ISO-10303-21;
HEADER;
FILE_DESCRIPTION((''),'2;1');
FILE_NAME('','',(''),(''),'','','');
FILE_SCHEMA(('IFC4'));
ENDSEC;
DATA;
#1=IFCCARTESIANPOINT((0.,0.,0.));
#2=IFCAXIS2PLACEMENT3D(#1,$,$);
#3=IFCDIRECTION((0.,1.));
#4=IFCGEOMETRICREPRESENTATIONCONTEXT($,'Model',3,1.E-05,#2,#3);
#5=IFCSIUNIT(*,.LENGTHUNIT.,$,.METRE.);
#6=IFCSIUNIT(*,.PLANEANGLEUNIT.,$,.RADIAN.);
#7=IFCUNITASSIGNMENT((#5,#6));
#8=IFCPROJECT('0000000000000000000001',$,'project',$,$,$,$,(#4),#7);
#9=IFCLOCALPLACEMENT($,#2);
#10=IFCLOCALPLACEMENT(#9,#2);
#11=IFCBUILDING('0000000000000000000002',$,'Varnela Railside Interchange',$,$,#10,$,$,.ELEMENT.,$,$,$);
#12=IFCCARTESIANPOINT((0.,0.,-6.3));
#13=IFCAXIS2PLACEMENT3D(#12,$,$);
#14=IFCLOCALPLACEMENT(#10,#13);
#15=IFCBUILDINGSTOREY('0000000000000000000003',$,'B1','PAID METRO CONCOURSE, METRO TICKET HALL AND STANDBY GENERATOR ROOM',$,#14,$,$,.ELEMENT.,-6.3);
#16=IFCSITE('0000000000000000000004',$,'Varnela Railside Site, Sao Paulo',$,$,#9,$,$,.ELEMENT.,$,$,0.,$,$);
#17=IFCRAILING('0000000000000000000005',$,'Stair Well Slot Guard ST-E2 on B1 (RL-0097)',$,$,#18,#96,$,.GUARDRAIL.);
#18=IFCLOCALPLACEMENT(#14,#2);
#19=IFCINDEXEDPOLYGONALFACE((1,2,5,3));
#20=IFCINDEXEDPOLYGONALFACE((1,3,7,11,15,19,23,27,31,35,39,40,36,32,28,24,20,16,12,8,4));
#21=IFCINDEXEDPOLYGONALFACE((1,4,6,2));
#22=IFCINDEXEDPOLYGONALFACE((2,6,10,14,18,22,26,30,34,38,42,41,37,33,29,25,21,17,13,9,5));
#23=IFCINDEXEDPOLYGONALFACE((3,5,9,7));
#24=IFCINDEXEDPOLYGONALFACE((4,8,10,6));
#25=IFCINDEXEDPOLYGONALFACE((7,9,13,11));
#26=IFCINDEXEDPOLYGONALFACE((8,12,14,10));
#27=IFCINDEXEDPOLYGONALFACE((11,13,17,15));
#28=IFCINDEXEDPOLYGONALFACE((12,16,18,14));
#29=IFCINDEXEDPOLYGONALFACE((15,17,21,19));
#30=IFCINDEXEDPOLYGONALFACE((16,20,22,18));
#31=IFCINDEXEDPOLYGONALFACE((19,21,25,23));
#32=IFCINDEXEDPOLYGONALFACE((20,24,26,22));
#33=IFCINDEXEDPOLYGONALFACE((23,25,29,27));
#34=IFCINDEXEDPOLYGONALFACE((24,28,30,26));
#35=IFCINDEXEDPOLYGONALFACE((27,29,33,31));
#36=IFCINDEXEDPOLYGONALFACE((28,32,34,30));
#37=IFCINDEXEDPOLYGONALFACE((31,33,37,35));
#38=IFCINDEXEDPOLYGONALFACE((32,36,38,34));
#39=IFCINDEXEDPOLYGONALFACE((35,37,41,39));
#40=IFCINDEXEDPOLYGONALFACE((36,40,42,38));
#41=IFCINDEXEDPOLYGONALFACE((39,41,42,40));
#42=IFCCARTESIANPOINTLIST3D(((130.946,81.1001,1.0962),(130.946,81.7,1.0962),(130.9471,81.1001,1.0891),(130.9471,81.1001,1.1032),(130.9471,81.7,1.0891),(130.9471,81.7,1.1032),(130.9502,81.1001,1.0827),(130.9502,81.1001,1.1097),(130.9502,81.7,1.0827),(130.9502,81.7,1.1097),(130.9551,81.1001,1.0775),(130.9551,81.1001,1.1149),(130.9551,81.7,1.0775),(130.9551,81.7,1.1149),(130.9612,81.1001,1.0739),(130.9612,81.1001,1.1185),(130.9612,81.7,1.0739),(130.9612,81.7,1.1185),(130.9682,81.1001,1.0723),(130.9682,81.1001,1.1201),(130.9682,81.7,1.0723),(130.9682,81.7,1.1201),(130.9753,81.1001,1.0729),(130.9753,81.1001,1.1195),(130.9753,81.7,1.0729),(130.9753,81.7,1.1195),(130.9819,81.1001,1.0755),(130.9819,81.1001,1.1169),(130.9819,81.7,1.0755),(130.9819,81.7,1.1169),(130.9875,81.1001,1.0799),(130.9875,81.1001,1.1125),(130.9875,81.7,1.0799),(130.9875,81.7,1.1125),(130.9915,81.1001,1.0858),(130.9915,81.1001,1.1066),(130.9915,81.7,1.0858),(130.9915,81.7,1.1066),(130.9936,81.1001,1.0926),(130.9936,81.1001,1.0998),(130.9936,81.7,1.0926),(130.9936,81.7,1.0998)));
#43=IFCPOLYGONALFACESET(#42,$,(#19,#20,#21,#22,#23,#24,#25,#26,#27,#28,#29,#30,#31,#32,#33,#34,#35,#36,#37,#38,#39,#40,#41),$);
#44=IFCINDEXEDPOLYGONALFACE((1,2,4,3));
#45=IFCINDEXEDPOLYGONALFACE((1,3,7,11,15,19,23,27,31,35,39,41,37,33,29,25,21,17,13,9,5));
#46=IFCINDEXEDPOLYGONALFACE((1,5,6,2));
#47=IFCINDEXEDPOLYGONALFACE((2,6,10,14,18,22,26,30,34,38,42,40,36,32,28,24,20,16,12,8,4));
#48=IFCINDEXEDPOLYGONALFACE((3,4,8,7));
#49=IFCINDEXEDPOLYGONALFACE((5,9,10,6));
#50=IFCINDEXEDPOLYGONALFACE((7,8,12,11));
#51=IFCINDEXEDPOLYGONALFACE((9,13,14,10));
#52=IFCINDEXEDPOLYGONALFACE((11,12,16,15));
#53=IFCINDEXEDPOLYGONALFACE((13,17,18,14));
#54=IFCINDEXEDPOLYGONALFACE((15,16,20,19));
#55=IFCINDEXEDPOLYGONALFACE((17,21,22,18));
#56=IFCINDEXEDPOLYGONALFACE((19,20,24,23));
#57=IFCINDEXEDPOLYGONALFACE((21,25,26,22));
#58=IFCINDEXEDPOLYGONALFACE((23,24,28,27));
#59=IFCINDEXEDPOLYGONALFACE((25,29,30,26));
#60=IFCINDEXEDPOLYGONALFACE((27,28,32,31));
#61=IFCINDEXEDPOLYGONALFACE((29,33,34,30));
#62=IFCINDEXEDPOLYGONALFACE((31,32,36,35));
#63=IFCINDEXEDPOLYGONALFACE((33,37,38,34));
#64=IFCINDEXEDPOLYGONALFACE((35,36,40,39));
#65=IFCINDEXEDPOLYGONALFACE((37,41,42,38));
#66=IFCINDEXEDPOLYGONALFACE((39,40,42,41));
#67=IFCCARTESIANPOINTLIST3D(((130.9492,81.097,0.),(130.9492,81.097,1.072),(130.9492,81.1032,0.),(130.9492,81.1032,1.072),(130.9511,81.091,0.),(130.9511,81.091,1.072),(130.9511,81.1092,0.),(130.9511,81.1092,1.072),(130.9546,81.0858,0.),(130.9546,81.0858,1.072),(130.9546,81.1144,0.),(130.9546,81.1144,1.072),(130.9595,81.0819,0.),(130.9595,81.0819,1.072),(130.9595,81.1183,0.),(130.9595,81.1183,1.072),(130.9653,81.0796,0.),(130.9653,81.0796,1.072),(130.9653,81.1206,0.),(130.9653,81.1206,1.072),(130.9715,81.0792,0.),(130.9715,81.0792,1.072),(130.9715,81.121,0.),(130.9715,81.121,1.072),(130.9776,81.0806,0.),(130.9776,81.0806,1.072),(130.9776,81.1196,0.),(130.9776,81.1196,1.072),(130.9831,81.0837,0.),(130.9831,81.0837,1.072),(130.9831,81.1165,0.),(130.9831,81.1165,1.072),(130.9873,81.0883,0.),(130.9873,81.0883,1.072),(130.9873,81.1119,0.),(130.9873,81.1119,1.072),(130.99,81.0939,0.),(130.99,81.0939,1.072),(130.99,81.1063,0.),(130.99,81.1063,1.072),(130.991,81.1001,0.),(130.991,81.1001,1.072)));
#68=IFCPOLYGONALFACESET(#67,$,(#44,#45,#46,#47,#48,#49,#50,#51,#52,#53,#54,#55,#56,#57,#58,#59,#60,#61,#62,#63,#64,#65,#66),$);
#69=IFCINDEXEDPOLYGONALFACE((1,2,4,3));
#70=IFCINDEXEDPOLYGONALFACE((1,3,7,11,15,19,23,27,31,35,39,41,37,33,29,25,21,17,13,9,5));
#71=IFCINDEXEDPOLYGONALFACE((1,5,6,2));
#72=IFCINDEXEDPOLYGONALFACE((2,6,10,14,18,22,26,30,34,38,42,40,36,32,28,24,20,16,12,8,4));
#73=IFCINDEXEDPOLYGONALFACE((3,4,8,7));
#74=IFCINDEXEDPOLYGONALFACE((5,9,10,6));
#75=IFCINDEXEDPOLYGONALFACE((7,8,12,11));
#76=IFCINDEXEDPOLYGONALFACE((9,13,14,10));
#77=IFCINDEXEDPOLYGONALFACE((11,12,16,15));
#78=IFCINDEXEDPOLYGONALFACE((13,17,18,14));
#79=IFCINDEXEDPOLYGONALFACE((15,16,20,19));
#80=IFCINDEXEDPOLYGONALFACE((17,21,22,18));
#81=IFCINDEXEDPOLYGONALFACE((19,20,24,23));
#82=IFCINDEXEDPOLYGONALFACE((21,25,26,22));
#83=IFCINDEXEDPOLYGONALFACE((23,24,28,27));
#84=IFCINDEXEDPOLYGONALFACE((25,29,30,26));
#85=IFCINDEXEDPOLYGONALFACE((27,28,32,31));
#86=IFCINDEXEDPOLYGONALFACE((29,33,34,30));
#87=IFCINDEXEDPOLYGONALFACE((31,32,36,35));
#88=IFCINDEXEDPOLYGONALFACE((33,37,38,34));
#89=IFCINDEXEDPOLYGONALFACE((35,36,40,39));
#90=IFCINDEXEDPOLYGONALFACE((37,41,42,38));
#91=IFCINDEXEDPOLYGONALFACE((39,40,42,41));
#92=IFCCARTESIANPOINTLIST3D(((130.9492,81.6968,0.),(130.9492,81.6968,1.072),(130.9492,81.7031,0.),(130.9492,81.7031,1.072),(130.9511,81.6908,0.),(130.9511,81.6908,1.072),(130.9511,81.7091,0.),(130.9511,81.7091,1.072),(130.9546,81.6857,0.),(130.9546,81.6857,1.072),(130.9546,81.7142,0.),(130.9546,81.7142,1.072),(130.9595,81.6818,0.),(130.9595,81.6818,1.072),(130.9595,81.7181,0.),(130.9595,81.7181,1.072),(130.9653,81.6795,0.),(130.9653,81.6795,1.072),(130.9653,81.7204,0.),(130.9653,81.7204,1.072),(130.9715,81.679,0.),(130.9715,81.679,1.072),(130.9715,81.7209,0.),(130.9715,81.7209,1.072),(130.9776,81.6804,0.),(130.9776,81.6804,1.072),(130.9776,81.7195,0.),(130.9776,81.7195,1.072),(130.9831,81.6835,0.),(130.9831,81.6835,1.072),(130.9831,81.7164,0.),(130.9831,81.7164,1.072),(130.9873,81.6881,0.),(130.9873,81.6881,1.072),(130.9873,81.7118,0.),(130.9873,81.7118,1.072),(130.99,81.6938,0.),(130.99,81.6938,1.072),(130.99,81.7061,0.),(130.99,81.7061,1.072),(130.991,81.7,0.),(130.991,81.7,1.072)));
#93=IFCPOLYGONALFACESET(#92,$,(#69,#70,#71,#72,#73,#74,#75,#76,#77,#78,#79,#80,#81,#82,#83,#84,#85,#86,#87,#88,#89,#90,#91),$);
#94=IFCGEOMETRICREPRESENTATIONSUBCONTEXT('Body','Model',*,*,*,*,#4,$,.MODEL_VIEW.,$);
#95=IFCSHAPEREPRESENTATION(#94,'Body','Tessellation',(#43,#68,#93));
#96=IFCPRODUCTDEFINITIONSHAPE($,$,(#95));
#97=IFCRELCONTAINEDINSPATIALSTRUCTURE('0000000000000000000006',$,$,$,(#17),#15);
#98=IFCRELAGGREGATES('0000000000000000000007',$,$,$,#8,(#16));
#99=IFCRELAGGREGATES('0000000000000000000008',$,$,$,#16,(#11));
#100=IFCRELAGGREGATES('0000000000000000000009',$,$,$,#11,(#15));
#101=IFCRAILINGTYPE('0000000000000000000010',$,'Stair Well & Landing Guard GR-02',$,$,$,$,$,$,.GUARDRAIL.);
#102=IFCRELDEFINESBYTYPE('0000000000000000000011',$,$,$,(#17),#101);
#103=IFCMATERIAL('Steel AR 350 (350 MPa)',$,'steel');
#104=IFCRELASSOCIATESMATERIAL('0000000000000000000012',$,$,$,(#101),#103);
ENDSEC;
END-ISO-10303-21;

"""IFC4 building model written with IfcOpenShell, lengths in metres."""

from ifc_helpers import new_model, si_unit, direction, frame, origin, origin_2d, place, context, subcontext, project, spatial, circle, extrude, material, type_object, element, save


model = new_model("IFC4")

# Units and contexts
model_context = context("Model", 3, precision=1e-05, world=origin(), true_north=direction((0.0, 1.0)))
body_context = subcontext(model_context, "Body", "Model", "MODEL_VIEW")
ifc_project = project(units=[si_unit("LENGTHUNIT", "METRE"), si_unit("PLANEANGLEUNIT", "RADIAN")], contexts=[model_context])

# Site, building, storey
site_placement = place(None, origin())
site = spatial("IfcSite", under=ifc_project, at=site_placement, Name="Varnela Railside Site, Sao Paulo", CompositionType="ELEMENT", RefElevation=0.0)
building_placement = place(site_placement, origin())
building = spatial("IfcBuilding", under=site, at=building_placement, Name="Varnela Railside Interchange", CompositionType="ELEMENT")
storey_placement = place(building_placement, frame((0.0, 0.0, -6.3)))
storey = spatial("IfcBuildingStorey", under=building, at=storey_placement, Name="B1", Description="PAID METRO CONCOURSE, METRO TICKET HALL AND STANDBY GENERATOR ROOM", CompositionType="ELEMENT", Elevation=-6.3)

# Shared definitions
ifc_material_1 = material(Name="Steel AR 350 (350 MPa)", Category="steel")

# Railing
railing_type_1 = type_object("IfcRailingType", Name="Stair Well & Landing Guard GR-02", PredefinedType="GUARDRAIL", material=ifc_material_1)
railing_1_placement = place(storey_placement, frame((130.97, 81.1001, 0.0)))
element("IfcRailing", 1, at=railing_1_placement, inside=storey, type_object=railing_type_1, Name="Stair Well Slot Guard ST-E2 on B1 (RL-0097)", PredefinedType="GUARDRAIL", context=body_context, shape_type="SweptSolid", body=[
    extrude(circle(Radius=0.0239, at=origin_2d()), frame((0.0, 0.0, 1.0962), z_axis=(0.0, 1.0, 0.0), x_axis=(-1.0, 0.0, 0.0)), (0.0, 0.0, 1.0), 0.5999),
    extrude(circle(Radius=0.021, at=origin_2d()), origin(), (0.0, 0.0, 1.0), 1.072),
    extrude(circle(Radius=0.021, at=origin_2d()), frame((0.0, 0.5999, 0.0)), (0.0, 0.0, 1.0), 1.072),
])

save(model, "model.ifc")
